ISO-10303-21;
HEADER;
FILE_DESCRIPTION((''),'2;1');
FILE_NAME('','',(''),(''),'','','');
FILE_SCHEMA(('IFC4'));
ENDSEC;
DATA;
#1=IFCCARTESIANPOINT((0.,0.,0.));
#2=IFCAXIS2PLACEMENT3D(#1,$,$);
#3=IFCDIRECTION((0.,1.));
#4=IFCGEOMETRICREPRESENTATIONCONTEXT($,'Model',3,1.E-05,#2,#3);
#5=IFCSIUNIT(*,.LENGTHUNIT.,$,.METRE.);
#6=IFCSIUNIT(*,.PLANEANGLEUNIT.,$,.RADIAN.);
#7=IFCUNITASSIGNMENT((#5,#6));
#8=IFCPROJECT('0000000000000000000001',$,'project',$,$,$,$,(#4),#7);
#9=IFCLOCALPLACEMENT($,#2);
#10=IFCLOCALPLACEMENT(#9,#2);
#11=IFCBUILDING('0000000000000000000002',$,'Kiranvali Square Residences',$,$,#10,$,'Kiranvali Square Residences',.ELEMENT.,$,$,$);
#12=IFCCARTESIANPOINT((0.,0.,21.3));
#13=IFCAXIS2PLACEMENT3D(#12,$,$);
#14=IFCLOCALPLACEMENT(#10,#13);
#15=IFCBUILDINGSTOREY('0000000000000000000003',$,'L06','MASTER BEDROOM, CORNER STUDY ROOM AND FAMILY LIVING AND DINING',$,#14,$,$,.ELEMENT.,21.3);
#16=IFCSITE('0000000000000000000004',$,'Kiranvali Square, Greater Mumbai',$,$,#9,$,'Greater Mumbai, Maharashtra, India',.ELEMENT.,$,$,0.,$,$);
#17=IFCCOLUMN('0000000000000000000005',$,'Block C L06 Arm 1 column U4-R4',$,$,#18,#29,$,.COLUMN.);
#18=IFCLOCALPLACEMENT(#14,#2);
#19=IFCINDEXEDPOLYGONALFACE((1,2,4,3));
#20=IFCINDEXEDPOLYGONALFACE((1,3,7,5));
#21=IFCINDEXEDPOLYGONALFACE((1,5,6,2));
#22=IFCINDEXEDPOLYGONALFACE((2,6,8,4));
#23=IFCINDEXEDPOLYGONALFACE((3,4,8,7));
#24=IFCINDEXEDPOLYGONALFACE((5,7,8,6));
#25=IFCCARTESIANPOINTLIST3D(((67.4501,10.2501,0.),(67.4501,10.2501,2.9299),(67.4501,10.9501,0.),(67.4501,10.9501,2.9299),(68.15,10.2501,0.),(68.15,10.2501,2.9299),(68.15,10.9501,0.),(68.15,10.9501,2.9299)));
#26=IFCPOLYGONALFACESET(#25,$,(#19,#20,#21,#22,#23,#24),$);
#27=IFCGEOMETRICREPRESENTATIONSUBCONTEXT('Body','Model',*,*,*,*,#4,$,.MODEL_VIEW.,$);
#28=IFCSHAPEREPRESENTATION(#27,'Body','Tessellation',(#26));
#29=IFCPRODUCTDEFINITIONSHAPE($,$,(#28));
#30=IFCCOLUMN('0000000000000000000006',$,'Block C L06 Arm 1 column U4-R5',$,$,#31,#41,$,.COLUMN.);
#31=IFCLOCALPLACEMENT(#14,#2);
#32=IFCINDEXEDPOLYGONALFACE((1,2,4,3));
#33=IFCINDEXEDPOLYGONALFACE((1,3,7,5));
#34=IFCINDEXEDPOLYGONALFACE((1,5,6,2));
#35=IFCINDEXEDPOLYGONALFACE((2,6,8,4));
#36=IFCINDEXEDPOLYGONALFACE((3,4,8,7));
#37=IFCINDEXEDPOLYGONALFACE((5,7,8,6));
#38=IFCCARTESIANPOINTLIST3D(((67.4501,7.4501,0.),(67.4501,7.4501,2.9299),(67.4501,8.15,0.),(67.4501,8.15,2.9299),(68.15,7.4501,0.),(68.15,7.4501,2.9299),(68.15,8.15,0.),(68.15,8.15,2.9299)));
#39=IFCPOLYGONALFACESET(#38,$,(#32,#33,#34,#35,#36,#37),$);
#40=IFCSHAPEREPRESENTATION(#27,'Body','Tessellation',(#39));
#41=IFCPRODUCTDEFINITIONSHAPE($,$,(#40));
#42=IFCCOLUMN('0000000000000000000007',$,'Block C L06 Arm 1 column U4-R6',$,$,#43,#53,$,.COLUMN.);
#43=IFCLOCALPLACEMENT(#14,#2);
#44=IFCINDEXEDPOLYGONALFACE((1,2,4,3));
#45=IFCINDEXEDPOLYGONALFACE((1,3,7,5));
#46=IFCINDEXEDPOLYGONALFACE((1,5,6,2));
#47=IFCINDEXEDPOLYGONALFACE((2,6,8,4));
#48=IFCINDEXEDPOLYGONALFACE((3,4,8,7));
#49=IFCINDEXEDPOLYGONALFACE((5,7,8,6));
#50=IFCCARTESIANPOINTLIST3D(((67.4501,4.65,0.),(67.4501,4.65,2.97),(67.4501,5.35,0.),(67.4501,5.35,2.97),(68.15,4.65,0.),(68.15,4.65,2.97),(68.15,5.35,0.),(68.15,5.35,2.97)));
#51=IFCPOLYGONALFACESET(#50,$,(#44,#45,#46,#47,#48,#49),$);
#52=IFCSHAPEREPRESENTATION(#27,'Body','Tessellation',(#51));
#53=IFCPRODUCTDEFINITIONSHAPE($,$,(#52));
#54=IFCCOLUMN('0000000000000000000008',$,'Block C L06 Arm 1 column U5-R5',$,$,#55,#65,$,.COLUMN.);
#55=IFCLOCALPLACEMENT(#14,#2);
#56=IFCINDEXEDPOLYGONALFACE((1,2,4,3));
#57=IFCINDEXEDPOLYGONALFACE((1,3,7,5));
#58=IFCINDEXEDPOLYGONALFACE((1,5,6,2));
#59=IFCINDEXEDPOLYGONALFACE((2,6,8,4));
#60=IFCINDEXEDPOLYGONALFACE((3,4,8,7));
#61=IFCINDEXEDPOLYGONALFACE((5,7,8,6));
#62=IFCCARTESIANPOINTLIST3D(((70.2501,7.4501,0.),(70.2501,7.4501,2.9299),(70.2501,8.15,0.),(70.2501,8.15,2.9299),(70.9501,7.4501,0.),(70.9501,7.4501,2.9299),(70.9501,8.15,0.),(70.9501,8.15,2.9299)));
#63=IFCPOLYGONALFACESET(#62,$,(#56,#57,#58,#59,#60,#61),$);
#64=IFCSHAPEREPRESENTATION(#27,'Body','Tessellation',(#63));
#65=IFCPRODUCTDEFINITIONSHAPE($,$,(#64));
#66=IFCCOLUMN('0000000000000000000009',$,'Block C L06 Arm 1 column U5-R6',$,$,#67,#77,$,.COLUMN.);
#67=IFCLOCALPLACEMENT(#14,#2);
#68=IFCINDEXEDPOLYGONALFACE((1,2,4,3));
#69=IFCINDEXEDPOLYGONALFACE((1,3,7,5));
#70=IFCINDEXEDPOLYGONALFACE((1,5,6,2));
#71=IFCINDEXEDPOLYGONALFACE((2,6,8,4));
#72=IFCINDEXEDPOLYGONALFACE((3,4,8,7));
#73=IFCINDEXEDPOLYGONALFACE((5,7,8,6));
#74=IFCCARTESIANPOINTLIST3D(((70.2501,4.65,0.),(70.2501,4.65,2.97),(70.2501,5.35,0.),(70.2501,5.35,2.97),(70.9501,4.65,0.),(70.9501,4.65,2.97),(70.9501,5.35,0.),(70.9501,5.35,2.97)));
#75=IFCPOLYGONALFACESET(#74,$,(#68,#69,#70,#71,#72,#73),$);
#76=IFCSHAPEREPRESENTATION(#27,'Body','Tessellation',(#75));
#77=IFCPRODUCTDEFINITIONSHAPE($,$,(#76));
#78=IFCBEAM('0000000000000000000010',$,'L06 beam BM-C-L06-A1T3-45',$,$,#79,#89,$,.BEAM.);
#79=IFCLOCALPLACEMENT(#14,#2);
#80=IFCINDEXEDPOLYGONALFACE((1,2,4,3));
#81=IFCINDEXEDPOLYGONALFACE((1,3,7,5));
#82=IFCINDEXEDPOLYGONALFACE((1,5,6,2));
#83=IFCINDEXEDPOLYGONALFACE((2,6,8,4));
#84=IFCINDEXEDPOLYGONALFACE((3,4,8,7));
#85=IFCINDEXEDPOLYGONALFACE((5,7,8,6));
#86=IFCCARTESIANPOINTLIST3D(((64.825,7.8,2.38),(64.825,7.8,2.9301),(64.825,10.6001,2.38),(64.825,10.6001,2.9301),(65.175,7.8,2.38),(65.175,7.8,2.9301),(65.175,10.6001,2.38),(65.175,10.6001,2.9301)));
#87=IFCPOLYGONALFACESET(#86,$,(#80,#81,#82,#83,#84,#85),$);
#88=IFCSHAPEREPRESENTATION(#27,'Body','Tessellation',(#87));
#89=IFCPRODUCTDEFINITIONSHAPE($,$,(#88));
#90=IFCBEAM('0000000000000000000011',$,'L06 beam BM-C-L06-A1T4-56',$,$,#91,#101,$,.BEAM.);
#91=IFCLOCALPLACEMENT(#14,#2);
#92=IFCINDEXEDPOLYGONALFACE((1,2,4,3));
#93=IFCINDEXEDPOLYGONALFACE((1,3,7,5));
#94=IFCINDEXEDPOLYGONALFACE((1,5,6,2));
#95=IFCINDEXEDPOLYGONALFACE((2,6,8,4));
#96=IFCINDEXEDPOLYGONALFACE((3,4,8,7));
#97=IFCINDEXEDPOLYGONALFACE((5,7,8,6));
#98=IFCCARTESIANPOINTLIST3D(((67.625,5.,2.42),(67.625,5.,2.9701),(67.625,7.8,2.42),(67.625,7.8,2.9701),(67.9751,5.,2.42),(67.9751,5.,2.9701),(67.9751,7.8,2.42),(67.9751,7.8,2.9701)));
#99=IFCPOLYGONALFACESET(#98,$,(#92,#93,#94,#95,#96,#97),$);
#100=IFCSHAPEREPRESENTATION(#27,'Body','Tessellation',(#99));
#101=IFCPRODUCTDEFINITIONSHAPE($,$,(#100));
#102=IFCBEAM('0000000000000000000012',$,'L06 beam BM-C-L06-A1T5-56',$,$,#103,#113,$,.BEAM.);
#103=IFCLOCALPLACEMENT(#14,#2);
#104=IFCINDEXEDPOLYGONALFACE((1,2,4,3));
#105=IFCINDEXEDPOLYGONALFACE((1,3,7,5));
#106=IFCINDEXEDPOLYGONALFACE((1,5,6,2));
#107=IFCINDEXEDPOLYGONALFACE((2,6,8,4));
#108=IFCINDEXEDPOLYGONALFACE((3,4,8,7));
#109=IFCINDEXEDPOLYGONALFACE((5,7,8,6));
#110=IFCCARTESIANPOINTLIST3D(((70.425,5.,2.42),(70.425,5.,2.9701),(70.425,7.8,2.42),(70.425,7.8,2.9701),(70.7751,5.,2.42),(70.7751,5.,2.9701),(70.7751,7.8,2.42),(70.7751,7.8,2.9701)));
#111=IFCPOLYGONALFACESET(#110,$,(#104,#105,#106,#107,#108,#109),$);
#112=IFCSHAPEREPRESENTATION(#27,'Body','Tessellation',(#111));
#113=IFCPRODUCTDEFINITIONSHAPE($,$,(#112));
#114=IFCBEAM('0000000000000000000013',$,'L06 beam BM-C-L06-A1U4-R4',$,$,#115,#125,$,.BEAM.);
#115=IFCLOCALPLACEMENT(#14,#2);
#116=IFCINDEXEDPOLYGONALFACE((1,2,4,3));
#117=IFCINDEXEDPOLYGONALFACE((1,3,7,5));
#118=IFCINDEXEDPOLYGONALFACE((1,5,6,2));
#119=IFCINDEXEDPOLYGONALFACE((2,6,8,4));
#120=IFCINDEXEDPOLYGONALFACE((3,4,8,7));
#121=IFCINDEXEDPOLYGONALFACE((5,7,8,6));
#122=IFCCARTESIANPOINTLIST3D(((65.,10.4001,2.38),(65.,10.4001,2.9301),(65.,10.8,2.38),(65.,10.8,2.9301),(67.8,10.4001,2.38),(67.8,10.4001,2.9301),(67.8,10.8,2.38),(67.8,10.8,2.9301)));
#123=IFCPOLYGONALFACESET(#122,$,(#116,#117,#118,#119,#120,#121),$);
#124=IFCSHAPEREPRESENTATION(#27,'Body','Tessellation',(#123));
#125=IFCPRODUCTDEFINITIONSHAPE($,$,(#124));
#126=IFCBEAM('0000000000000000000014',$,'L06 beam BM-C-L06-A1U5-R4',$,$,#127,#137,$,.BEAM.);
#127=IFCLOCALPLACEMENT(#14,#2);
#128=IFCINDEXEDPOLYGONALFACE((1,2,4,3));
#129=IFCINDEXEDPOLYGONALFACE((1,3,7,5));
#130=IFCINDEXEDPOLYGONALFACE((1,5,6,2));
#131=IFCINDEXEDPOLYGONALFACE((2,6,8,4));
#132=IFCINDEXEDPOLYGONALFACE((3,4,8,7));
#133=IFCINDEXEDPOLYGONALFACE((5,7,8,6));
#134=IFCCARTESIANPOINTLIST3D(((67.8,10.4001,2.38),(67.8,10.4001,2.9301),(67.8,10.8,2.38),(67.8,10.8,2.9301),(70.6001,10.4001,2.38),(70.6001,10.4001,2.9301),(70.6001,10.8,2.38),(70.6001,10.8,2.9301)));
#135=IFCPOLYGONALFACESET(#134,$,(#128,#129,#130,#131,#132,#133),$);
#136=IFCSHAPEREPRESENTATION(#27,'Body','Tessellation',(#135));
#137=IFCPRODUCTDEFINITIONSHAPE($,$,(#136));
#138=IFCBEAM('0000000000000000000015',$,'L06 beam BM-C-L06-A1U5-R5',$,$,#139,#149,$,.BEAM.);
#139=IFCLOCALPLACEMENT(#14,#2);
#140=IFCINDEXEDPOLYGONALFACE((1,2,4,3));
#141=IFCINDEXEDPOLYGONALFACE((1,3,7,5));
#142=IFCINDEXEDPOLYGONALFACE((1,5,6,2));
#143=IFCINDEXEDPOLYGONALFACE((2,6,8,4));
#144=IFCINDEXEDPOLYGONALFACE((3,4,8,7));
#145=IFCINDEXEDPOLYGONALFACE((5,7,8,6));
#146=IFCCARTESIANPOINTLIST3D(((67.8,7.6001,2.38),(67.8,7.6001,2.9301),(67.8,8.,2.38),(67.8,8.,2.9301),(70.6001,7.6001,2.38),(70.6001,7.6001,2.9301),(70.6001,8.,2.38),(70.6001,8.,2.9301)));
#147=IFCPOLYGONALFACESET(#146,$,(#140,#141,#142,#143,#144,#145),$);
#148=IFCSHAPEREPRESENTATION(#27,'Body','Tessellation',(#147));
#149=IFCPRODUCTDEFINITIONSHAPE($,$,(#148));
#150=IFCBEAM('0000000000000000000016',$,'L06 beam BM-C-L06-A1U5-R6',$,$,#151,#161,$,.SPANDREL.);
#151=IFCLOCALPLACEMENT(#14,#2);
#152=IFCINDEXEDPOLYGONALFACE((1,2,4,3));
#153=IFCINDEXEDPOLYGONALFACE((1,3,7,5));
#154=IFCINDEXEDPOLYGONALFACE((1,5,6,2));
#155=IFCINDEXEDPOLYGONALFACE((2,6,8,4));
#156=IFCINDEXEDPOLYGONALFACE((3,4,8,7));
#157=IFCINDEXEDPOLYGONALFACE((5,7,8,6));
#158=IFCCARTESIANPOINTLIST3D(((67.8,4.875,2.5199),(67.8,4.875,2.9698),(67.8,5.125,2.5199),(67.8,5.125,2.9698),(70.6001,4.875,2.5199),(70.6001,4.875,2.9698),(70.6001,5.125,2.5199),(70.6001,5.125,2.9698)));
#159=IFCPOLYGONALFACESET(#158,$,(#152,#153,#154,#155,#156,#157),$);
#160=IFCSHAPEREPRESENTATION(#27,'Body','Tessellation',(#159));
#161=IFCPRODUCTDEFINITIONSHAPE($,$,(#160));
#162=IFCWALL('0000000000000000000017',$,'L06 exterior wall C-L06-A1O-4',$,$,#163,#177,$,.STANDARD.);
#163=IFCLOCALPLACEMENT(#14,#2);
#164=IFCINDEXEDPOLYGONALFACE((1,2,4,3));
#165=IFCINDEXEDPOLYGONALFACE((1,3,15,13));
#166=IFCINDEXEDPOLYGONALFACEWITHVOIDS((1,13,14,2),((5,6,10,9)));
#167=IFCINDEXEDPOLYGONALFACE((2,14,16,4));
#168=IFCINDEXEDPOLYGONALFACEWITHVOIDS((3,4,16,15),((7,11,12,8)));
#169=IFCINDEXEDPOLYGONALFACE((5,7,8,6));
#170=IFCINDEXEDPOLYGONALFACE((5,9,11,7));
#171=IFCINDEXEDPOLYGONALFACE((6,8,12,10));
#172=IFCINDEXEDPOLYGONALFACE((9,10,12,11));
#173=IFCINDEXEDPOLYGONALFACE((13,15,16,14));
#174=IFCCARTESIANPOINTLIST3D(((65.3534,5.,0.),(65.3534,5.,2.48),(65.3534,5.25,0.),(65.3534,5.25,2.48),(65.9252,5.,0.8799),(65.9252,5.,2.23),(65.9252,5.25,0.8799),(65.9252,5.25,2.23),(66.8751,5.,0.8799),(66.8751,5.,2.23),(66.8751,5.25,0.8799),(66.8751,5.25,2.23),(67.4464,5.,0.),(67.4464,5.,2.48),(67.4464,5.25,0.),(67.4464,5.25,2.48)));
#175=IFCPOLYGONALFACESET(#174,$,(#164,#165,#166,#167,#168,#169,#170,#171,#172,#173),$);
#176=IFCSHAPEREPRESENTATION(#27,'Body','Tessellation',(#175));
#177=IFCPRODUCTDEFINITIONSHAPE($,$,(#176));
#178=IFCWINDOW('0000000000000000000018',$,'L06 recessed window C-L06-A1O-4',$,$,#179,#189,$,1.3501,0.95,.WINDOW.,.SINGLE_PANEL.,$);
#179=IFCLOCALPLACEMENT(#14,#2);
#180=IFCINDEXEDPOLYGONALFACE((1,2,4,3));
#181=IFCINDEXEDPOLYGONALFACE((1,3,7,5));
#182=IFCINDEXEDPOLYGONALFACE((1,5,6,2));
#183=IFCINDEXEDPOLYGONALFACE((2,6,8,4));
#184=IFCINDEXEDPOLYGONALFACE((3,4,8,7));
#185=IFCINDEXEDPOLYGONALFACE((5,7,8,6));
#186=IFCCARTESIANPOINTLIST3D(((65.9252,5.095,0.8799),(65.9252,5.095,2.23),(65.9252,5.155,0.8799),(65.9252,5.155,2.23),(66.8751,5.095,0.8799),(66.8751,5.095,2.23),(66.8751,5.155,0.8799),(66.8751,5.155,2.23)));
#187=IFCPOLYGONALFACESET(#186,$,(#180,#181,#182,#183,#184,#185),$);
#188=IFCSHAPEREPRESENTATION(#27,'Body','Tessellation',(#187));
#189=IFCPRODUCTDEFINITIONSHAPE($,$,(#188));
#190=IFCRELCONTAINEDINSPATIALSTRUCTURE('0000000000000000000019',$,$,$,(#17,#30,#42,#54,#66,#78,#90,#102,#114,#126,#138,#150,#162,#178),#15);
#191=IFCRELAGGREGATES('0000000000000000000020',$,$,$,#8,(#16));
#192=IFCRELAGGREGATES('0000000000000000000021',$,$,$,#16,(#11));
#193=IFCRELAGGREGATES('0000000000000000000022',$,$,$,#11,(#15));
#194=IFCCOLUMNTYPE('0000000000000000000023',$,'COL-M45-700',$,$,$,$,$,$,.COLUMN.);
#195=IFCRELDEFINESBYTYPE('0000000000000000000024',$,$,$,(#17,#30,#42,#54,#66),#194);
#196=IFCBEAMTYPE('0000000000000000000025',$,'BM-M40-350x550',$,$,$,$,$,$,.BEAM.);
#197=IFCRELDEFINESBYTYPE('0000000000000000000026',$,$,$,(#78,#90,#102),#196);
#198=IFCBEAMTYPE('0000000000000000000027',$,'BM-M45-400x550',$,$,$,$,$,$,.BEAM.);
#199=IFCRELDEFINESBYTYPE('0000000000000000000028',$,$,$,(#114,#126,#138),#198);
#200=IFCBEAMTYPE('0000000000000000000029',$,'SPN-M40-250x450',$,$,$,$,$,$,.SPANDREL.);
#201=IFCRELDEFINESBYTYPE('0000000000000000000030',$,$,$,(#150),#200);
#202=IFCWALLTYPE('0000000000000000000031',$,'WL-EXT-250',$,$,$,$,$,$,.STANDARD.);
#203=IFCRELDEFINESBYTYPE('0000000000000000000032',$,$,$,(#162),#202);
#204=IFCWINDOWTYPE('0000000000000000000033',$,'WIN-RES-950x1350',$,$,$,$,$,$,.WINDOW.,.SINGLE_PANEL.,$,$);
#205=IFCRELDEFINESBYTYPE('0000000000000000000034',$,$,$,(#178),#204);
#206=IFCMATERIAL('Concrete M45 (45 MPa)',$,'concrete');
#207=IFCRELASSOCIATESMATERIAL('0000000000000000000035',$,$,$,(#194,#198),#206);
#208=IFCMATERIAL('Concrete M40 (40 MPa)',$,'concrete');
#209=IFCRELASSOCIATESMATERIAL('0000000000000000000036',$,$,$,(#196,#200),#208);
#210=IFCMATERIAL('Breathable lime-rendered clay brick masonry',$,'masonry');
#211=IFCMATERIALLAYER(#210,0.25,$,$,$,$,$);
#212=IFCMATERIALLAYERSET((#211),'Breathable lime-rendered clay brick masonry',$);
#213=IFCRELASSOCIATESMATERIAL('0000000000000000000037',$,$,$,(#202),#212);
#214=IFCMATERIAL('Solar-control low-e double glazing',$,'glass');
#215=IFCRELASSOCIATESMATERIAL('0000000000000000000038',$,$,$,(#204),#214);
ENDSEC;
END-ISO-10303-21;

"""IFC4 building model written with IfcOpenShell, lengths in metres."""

from ifc_helpers import new_model, si_unit, direction, frame, frame_2d, origin, origin_2d, place, context, subcontext, project, spatial, rectangle, extrude, material, layer, layer_set, material_profile, profile_set, type_object, element, fill, save


model = new_model("IFC4")

# Units and contexts
model_context = context("Model", 3, precision=1e-05, world=origin(), true_north=direction((0.0, 1.0)))
body_context = subcontext(model_context, "Body", "Model", "MODEL_VIEW")
ifc_project = project(units=[si_unit("LENGTHUNIT", "METRE"), si_unit("PLANEANGLEUNIT", "RADIAN")], contexts=[model_context])

# Site, building, storey
site_placement = place(None, origin())
site = spatial("IfcSite", under=ifc_project, at=site_placement, Name="Kiranvali Square, Greater Mumbai", LongName="Greater Mumbai, Maharashtra, India", CompositionType="ELEMENT", RefElevation=0.0)
building_placement = place(site_placement, origin())
building = spatial("IfcBuilding", under=site, at=building_placement, Name="Kiranvali Square Residences", LongName="Kiranvali Square Residences", CompositionType="ELEMENT")
storey_placement = place(building_placement, frame((0.0, 0.0, 21.3)))
storey = spatial("IfcBuildingStorey", under=building, at=storey_placement, Name="L06", Description="MASTER BEDROOM, CORNER STUDY ROOM AND FAMILY LIVING AND DINING", CompositionType="ELEMENT", Elevation=21.3)

# Columns
ifc_material_1 = material(Name="Concrete M45 (45 MPa)", Category="concrete")
ifc_material_profile_1 = material_profile(ifc_material_1, rectangle(XDim=0.7, YDim=0.7, at=origin_2d()), Name="RC 700x700")
ifc_profile_set_1 = profile_set([ifc_material_profile_1], Name="Concrete M45 (45 MPa)")
column_type = type_object("IfcColumnType", Name="COL-M45-700", PredefinedType="COLUMN", material=ifc_profile_set_1)
for number, where, z_axis, x_axis, name in (
    (1, (67.8, 10.6001, 0.0), (0.0, 0.0, 1.0), (1.0, 0.0, 0.0), "Block C L06 Arm 1 column U4-R4"),
    (2, (67.8, 7.8, 0.0), (0.0, 0.0, 1.0), (1.0, 0.0, 0.0), "Block C L06 Arm 1 column U4-R5"),
):
    element("IfcColumn", number, at=place(storey_placement, frame(where, z_axis=z_axis, x_axis=x_axis)), inside=storey, type_object=column_type, Name=name, PredefinedType="COLUMN", context=body_context, shape_type="SweptSolid", body=[
        extrude(rectangle(XDim=0.7, YDim=0.7, at=origin_2d()), origin(), (0.0, 0.0, 1.0), 2.9299),
    ])
column_1_placement = place(storey_placement, frame((67.8, 5.0, 0.0), z_axis=(0.0, 0.0, 1.0), x_axis=(1.0, 0.0, 0.0)))
element("IfcColumn", 3, at=column_1_placement, inside=storey, type_object=column_type, Name="Block C L06 Arm 1 column U4-R6", PredefinedType="COLUMN", context=body_context, shape_type="SweptSolid", body=[
    extrude(rectangle(XDim=0.7, YDim=0.7, at=origin_2d()), origin(), (0.0, 0.0, 1.0), 2.97),
])
column_2_placement = place(storey_placement, frame((70.6001, 7.8, 0.0), z_axis=(0.0, 0.0, 1.0), x_axis=(1.0, 0.0, 0.0)))
element("IfcColumn", 4, at=column_2_placement, inside=storey, type_object=column_type, Name="Block C L06 Arm 1 column U5-R5", PredefinedType="COLUMN", context=body_context, shape_type="SweptSolid", body=[
    extrude(rectangle(XDim=0.7, YDim=0.7, at=origin_2d()), origin(), (0.0, 0.0, 1.0), 2.9299),
])
column_3_placement = place(storey_placement, frame((70.6001, 5.0, 0.0), z_axis=(0.0, 0.0, 1.0), x_axis=(1.0, 0.0, 0.0)))
element("IfcColumn", 5, at=column_3_placement, inside=storey, type_object=column_type, Name="Block C L06 Arm 1 column U5-R6", PredefinedType="COLUMN", context=body_context, shape_type="SweptSolid", body=[
    extrude(rectangle(XDim=0.7, YDim=0.7, at=origin_2d()), origin(), (0.0, 0.0, 1.0), 2.97),
])

# Beams
ifc_material_2 = material(Name="Concrete M40 (40 MPa)", Category="concrete")
ifc_material_profile_2 = material_profile(ifc_material_2, rectangle(XDim=0.3501, YDim=0.55, at=origin_2d()), Name="RC 350x550")
ifc_profile_set_2 = profile_set([ifc_material_profile_2], Name="Concrete M40 (40 MPa)")
beam_type_1 = type_object("IfcBeamType", Name="BM-M40-350x550", PredefinedType="BEAM", material=ifc_profile_set_2)
for number, where, z_axis, x_axis, name in (
    (6, (65.0, 10.6001, 2.655), (0.0, -1.0, 0.0), (1.0, 0.0, 0.0), "L06 beam BM-C-L06-A1T3-45"),
    (7, (67.8, 7.8, 2.6951), (0.0, -1.0, 0.0), (1.0, 0.0, 0.0), "L06 beam BM-C-L06-A1T4-56"),
    (8, (70.6001, 7.8, 2.6951), (0.0, -1.0, 0.0), (1.0, 0.0, 0.0), "L06 beam BM-C-L06-A1T5-56"),
):
    element("IfcBeam", number, at=place(storey_placement, frame(where, z_axis=z_axis, x_axis=x_axis)), inside=storey, type_object=beam_type_1, Name=name, PredefinedType="BEAM", context=body_context, shape_type="SweptSolid", body=[
        extrude(rectangle(XDim=0.3501, YDim=0.55, at=origin_2d()), origin(), (0.0, 0.0, 1.0), 2.8),
    ])
ifc_material_profile_3 = material_profile(ifc_material_1, rectangle(XDim=0.3999, YDim=0.55, at=origin_2d()), Name="RC 400x550")
ifc_profile_set_3 = profile_set([ifc_material_profile_3], Name="Concrete M45 (45 MPa)")
beam_type_2 = type_object("IfcBeamType", Name="BM-M45-400x550", PredefinedType="BEAM", material=ifc_profile_set_3)
for number, where, z_axis, x_axis, name in (
    (9, (65.0, 10.6001, 2.655), (1.0, 0.0, 0.0), (0.0, 1.0, 0.0), "L06 beam BM-C-L06-A1U4-R4"),
    (10, (67.8, 10.6001, 2.655), (1.0, 0.0, 0.0), (0.0, 1.0, 0.0), "L06 beam BM-C-L06-A1U5-R4"),
    (11, (67.8, 7.8, 2.655), (1.0, 0.0, 0.0), (0.0, 1.0, 0.0), "L06 beam BM-C-L06-A1U5-R5"),
):
    element("IfcBeam", number, at=place(storey_placement, frame(where, z_axis=z_axis, x_axis=x_axis)), inside=storey, type_object=beam_type_2, Name=name, PredefinedType="BEAM", context=body_context, shape_type="SweptSolid", body=[
        extrude(rectangle(XDim=0.3999, YDim=0.55, at=origin_2d()), origin(), (0.0, 0.0, 1.0), 2.8),
    ])
ifc_material_profile_4 = material_profile(ifc_material_2, rectangle(XDim=0.25, YDim=0.45, at=origin_2d()), Name="RC 250x450")
ifc_profile_set_4 = profile_set([ifc_material_profile_4], Name="Concrete M40 (40 MPa)")
beam_type_3 = type_object("IfcBeamType", Name="SPN-M40-250x450", PredefinedType="SPANDREL", material=ifc_profile_set_4)
beam_placement = place(storey_placement, frame((67.8, 5.0, 2.7449), z_axis=(1.0, 0.0, 0.0), x_axis=(0.0, 1.0, 0.0)))
element("IfcBeam", 12, at=beam_placement, inside=storey, type_object=beam_type_3, Name="L06 beam BM-C-L06-A1U5-R6", PredefinedType="SPANDREL", context=body_context, shape_type="SweptSolid", body=[
    extrude(rectangle(XDim=0.25, YDim=0.45, at=origin_2d()), origin(), (0.0, 0.0, 1.0), 2.8),
])

# Wall, opening, window
ifc_material_3 = material(Name="Breathable lime-rendered clay brick masonry", Category="masonry")
ifc_layer_1 = layer(ifc_material_3, 0.25)
ifc_layer_set_1 = layer_set([ifc_layer_1], Name="Breathable lime-rendered clay brick masonry")
wall_type_1 = type_object("IfcWallType", Name="WL-EXT-250", PredefinedType="STANDARD", material=ifc_layer_set_1)
wall_1_placement = place(storey_placement, frame((65.3535, 5.125, 0.0), z_axis=(0.0, 0.0, 1.0), x_axis=(1.0, 0.0, 0.0)))
wall_1 = element("IfcWall", 13, at=wall_1_placement, inside=storey, type_object=wall_type_1, Name="L06 exterior wall C-L06-A1O-4", PredefinedType="STANDARD", context=body_context, shape_type="SweptSolid", body=[
    extrude(rectangle(XDim=2.093, YDim=0.25, at=frame_2d((1.0464, 0.0))), origin(), (0.0, 0.0, 1.0), 2.48),
])
opening_1_placement = place(wall_1_placement, frame((0.5715, 0.0, 0.8799)))
opening_1 = element("IfcOpeningElement", 14, at=opening_1_placement, cuts=wall_1, PredefinedType="OPENING", context=body_context, shape_type="SweptSolid", body=[
    extrude(rectangle(XDim=0.95, YDim=1.3501, at=frame_2d((0.4751, 0.675))), frame((0.0, 0.135, 0.0), z_axis=(0.0, -1.0, 0.0), x_axis=(1.0, 0.0, 0.0)), (0.0, 0.0, 1.0), 0.27),
])
ifc_material_4 = material(Name="Solar-control low-e double glazing", Category="glass")
window_type_1 = type_object("IfcWindowType", Name="WIN-RES-950x1350", PartitioningType="SINGLE_PANEL", PredefinedType="WINDOW", material=ifc_material_4)
window_1_placement = place(opening_1_placement, origin())
window_1 = element("IfcWindow", 15, at=window_1_placement, inside=storey, type_object=window_type_1, Name="L06 recessed window C-L06-A1O-4", OverallHeight=1.3501, OverallWidth=0.95, PartitioningType="SINGLE_PANEL", PredefinedType="WINDOW", context=body_context, shape_type="SweptSolid", body=[
    extrude(rectangle(XDim=0.95, YDim=1.3501, at=frame_2d((0.4751, 0.675))), frame((0.0, 0.03, 0.0), z_axis=(0.0, -1.0, 0.0), x_axis=(1.0, 0.0, 0.0)), (0.0, 0.0, 1.0), 0.0601),
])
fill(opening_1, window_1)

save(model, "model.ifc")
